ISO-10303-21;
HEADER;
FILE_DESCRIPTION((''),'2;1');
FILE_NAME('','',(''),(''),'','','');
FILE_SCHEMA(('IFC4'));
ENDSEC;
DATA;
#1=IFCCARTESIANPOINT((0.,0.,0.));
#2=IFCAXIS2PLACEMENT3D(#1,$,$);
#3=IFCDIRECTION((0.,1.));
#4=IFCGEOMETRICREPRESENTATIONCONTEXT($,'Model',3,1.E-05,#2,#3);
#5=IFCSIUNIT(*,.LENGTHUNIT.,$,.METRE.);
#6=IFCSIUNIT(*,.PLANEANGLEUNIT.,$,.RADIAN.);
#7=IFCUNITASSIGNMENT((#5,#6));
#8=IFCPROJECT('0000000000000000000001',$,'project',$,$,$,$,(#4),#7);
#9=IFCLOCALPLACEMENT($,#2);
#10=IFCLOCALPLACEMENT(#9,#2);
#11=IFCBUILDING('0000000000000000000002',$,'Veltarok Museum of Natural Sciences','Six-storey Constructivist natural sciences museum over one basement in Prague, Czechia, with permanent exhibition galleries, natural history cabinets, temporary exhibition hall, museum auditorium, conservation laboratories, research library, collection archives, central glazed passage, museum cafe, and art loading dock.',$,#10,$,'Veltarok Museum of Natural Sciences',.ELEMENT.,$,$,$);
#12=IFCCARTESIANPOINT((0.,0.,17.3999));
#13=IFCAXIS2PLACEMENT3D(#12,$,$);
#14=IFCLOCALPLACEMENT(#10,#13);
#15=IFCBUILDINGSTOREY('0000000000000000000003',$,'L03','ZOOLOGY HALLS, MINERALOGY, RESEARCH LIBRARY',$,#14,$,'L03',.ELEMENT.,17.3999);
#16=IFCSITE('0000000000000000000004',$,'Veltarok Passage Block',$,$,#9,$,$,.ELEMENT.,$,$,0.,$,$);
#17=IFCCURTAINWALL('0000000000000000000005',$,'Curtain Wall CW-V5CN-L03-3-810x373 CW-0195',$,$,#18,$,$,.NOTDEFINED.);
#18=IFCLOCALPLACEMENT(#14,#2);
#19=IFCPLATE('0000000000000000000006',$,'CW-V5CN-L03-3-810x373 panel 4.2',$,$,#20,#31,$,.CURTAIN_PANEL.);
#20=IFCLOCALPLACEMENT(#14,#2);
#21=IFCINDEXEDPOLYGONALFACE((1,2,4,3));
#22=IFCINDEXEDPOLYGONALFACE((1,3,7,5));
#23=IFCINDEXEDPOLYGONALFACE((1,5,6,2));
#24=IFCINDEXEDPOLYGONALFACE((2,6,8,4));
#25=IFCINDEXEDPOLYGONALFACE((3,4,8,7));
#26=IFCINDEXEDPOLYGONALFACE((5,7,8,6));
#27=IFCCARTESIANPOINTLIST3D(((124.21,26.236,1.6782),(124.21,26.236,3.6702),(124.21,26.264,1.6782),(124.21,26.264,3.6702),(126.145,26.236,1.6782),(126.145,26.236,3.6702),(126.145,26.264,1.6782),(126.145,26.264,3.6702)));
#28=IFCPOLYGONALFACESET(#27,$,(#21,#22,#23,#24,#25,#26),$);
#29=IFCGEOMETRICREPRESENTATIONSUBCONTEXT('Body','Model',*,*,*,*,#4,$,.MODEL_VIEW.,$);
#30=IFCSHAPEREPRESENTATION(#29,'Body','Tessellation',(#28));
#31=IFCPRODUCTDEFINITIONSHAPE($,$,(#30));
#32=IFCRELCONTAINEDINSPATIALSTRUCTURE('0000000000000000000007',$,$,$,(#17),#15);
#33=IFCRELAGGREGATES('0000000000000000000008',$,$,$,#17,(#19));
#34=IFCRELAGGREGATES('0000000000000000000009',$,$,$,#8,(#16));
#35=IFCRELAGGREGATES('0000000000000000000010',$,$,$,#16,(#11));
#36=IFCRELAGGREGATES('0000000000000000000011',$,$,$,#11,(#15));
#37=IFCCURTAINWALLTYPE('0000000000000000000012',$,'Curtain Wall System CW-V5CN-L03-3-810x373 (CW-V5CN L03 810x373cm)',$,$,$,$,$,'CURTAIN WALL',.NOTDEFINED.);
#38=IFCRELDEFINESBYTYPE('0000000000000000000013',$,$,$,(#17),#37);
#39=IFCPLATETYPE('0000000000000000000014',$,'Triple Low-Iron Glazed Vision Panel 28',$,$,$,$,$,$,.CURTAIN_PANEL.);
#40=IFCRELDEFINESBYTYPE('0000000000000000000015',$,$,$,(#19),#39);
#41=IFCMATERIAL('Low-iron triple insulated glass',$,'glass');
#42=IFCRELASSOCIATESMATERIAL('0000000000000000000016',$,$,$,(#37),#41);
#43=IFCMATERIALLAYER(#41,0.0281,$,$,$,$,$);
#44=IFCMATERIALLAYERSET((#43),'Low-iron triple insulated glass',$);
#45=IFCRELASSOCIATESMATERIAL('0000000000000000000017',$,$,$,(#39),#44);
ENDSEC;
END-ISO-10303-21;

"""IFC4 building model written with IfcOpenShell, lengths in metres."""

from ifc_helpers import new_model, si_unit, direction, frame, origin, origin_2d, place, context, subcontext, project, spatial, rectangle, extrude, material, layer, layer_set, type_object, element, aggregate, save


model = new_model("IFC4")

# Units and contexts
model_context = context("Model", 3, precision=1e-05, world=origin(), true_north=direction((0.0, 1.0)))
body_context = subcontext(model_context, "Body", "Model", "MODEL_VIEW")
ifc_project = project(units=[si_unit("LENGTHUNIT", "METRE"), si_unit("PLANEANGLEUNIT", "RADIAN")], contexts=[model_context])

# Site, building, storey
site_placement = place(None, origin())
site = spatial("IfcSite", under=ifc_project, at=site_placement, Name="Veltarok Passage Block", CompositionType="ELEMENT", RefElevation=0.0)
building_placement = place(site_placement, origin())
building = spatial("IfcBuilding", under=site, at=building_placement, Name="Veltarok Museum of Natural Sciences", Description="Six-storey Constructivist natural sciences museum over one basement in Prague, Czechia, with permanent exhibition galleries, natural history cabinets, temporary exhibition hall, museum auditorium, conservation laboratories, research library, collection archives, central glazed passage, museum cafe, and art loading dock.", LongName="Veltarok Museum of Natural Sciences", CompositionType="ELEMENT")
storey_placement = place(building_placement, frame((0.0, 0.0, 17.3999)))
storey = spatial("IfcBuildingStorey", under=building, at=storey_placement, Name="L03", Description="ZOOLOGY HALLS, MINERALOGY, RESEARCH LIBRARY", LongName="L03", CompositionType="ELEMENT", Elevation=17.3999)

# Shared definitions
ifc_material_1 = material(Name="Low-iron triple insulated glass", Category="glass")

# Curtain wall
curtain_wall_type_1 = type_object("IfcCurtainWallType", Name="Curtain Wall System CW-V5CN-L03-3-810x373 (CW-V5CN L03 810x373cm)", ElementType="CURTAIN WALL", PredefinedType="NOTDEFINED", material=ifc_material_1)
curtain_wall_1_placement = place(storey_placement, origin())
curtain_wall_1 = element("IfcCurtainWall", 1, at=curtain_wall_1_placement, inside=storey, type_object=curtain_wall_type_1, Name="Curtain Wall CW-V5CN-L03-3-810x373 CW-0195", PredefinedType="NOTDEFINED")

# Plate
ifc_layer = layer(ifc_material_1, 0.0281)
ifc_layer_set = layer_set([ifc_layer], Name="Low-iron triple insulated glass")
plate_type = type_object("IfcPlateType", Name="Triple Low-Iron Glazed Vision Panel 28", PredefinedType="CURTAIN_PANEL", material=ifc_layer_set)
plate_1_placement = place(storey_placement, frame((125.1775, 26.25, 1.6782), z_axis=(0.0, 0.0, 1.0), x_axis=(-1.0, 0.0, 0.0)))
plate_1 = element("IfcPlate", 2, at=plate_1_placement, type_object=plate_type, Name="CW-V5CN-L03-3-810x373 panel 4.2", PredefinedType="CURTAIN_PANEL", context=body_context, shape_type="SweptSolid", body=[
    extrude(rectangle(XDim=1.9351, YDim=0.0281, at=origin_2d()), origin(), (0.0, 0.0, 1.0), 1.9919),
])
aggregate(curtain_wall_1, [plate_1])

save(model, "model.ifc")
